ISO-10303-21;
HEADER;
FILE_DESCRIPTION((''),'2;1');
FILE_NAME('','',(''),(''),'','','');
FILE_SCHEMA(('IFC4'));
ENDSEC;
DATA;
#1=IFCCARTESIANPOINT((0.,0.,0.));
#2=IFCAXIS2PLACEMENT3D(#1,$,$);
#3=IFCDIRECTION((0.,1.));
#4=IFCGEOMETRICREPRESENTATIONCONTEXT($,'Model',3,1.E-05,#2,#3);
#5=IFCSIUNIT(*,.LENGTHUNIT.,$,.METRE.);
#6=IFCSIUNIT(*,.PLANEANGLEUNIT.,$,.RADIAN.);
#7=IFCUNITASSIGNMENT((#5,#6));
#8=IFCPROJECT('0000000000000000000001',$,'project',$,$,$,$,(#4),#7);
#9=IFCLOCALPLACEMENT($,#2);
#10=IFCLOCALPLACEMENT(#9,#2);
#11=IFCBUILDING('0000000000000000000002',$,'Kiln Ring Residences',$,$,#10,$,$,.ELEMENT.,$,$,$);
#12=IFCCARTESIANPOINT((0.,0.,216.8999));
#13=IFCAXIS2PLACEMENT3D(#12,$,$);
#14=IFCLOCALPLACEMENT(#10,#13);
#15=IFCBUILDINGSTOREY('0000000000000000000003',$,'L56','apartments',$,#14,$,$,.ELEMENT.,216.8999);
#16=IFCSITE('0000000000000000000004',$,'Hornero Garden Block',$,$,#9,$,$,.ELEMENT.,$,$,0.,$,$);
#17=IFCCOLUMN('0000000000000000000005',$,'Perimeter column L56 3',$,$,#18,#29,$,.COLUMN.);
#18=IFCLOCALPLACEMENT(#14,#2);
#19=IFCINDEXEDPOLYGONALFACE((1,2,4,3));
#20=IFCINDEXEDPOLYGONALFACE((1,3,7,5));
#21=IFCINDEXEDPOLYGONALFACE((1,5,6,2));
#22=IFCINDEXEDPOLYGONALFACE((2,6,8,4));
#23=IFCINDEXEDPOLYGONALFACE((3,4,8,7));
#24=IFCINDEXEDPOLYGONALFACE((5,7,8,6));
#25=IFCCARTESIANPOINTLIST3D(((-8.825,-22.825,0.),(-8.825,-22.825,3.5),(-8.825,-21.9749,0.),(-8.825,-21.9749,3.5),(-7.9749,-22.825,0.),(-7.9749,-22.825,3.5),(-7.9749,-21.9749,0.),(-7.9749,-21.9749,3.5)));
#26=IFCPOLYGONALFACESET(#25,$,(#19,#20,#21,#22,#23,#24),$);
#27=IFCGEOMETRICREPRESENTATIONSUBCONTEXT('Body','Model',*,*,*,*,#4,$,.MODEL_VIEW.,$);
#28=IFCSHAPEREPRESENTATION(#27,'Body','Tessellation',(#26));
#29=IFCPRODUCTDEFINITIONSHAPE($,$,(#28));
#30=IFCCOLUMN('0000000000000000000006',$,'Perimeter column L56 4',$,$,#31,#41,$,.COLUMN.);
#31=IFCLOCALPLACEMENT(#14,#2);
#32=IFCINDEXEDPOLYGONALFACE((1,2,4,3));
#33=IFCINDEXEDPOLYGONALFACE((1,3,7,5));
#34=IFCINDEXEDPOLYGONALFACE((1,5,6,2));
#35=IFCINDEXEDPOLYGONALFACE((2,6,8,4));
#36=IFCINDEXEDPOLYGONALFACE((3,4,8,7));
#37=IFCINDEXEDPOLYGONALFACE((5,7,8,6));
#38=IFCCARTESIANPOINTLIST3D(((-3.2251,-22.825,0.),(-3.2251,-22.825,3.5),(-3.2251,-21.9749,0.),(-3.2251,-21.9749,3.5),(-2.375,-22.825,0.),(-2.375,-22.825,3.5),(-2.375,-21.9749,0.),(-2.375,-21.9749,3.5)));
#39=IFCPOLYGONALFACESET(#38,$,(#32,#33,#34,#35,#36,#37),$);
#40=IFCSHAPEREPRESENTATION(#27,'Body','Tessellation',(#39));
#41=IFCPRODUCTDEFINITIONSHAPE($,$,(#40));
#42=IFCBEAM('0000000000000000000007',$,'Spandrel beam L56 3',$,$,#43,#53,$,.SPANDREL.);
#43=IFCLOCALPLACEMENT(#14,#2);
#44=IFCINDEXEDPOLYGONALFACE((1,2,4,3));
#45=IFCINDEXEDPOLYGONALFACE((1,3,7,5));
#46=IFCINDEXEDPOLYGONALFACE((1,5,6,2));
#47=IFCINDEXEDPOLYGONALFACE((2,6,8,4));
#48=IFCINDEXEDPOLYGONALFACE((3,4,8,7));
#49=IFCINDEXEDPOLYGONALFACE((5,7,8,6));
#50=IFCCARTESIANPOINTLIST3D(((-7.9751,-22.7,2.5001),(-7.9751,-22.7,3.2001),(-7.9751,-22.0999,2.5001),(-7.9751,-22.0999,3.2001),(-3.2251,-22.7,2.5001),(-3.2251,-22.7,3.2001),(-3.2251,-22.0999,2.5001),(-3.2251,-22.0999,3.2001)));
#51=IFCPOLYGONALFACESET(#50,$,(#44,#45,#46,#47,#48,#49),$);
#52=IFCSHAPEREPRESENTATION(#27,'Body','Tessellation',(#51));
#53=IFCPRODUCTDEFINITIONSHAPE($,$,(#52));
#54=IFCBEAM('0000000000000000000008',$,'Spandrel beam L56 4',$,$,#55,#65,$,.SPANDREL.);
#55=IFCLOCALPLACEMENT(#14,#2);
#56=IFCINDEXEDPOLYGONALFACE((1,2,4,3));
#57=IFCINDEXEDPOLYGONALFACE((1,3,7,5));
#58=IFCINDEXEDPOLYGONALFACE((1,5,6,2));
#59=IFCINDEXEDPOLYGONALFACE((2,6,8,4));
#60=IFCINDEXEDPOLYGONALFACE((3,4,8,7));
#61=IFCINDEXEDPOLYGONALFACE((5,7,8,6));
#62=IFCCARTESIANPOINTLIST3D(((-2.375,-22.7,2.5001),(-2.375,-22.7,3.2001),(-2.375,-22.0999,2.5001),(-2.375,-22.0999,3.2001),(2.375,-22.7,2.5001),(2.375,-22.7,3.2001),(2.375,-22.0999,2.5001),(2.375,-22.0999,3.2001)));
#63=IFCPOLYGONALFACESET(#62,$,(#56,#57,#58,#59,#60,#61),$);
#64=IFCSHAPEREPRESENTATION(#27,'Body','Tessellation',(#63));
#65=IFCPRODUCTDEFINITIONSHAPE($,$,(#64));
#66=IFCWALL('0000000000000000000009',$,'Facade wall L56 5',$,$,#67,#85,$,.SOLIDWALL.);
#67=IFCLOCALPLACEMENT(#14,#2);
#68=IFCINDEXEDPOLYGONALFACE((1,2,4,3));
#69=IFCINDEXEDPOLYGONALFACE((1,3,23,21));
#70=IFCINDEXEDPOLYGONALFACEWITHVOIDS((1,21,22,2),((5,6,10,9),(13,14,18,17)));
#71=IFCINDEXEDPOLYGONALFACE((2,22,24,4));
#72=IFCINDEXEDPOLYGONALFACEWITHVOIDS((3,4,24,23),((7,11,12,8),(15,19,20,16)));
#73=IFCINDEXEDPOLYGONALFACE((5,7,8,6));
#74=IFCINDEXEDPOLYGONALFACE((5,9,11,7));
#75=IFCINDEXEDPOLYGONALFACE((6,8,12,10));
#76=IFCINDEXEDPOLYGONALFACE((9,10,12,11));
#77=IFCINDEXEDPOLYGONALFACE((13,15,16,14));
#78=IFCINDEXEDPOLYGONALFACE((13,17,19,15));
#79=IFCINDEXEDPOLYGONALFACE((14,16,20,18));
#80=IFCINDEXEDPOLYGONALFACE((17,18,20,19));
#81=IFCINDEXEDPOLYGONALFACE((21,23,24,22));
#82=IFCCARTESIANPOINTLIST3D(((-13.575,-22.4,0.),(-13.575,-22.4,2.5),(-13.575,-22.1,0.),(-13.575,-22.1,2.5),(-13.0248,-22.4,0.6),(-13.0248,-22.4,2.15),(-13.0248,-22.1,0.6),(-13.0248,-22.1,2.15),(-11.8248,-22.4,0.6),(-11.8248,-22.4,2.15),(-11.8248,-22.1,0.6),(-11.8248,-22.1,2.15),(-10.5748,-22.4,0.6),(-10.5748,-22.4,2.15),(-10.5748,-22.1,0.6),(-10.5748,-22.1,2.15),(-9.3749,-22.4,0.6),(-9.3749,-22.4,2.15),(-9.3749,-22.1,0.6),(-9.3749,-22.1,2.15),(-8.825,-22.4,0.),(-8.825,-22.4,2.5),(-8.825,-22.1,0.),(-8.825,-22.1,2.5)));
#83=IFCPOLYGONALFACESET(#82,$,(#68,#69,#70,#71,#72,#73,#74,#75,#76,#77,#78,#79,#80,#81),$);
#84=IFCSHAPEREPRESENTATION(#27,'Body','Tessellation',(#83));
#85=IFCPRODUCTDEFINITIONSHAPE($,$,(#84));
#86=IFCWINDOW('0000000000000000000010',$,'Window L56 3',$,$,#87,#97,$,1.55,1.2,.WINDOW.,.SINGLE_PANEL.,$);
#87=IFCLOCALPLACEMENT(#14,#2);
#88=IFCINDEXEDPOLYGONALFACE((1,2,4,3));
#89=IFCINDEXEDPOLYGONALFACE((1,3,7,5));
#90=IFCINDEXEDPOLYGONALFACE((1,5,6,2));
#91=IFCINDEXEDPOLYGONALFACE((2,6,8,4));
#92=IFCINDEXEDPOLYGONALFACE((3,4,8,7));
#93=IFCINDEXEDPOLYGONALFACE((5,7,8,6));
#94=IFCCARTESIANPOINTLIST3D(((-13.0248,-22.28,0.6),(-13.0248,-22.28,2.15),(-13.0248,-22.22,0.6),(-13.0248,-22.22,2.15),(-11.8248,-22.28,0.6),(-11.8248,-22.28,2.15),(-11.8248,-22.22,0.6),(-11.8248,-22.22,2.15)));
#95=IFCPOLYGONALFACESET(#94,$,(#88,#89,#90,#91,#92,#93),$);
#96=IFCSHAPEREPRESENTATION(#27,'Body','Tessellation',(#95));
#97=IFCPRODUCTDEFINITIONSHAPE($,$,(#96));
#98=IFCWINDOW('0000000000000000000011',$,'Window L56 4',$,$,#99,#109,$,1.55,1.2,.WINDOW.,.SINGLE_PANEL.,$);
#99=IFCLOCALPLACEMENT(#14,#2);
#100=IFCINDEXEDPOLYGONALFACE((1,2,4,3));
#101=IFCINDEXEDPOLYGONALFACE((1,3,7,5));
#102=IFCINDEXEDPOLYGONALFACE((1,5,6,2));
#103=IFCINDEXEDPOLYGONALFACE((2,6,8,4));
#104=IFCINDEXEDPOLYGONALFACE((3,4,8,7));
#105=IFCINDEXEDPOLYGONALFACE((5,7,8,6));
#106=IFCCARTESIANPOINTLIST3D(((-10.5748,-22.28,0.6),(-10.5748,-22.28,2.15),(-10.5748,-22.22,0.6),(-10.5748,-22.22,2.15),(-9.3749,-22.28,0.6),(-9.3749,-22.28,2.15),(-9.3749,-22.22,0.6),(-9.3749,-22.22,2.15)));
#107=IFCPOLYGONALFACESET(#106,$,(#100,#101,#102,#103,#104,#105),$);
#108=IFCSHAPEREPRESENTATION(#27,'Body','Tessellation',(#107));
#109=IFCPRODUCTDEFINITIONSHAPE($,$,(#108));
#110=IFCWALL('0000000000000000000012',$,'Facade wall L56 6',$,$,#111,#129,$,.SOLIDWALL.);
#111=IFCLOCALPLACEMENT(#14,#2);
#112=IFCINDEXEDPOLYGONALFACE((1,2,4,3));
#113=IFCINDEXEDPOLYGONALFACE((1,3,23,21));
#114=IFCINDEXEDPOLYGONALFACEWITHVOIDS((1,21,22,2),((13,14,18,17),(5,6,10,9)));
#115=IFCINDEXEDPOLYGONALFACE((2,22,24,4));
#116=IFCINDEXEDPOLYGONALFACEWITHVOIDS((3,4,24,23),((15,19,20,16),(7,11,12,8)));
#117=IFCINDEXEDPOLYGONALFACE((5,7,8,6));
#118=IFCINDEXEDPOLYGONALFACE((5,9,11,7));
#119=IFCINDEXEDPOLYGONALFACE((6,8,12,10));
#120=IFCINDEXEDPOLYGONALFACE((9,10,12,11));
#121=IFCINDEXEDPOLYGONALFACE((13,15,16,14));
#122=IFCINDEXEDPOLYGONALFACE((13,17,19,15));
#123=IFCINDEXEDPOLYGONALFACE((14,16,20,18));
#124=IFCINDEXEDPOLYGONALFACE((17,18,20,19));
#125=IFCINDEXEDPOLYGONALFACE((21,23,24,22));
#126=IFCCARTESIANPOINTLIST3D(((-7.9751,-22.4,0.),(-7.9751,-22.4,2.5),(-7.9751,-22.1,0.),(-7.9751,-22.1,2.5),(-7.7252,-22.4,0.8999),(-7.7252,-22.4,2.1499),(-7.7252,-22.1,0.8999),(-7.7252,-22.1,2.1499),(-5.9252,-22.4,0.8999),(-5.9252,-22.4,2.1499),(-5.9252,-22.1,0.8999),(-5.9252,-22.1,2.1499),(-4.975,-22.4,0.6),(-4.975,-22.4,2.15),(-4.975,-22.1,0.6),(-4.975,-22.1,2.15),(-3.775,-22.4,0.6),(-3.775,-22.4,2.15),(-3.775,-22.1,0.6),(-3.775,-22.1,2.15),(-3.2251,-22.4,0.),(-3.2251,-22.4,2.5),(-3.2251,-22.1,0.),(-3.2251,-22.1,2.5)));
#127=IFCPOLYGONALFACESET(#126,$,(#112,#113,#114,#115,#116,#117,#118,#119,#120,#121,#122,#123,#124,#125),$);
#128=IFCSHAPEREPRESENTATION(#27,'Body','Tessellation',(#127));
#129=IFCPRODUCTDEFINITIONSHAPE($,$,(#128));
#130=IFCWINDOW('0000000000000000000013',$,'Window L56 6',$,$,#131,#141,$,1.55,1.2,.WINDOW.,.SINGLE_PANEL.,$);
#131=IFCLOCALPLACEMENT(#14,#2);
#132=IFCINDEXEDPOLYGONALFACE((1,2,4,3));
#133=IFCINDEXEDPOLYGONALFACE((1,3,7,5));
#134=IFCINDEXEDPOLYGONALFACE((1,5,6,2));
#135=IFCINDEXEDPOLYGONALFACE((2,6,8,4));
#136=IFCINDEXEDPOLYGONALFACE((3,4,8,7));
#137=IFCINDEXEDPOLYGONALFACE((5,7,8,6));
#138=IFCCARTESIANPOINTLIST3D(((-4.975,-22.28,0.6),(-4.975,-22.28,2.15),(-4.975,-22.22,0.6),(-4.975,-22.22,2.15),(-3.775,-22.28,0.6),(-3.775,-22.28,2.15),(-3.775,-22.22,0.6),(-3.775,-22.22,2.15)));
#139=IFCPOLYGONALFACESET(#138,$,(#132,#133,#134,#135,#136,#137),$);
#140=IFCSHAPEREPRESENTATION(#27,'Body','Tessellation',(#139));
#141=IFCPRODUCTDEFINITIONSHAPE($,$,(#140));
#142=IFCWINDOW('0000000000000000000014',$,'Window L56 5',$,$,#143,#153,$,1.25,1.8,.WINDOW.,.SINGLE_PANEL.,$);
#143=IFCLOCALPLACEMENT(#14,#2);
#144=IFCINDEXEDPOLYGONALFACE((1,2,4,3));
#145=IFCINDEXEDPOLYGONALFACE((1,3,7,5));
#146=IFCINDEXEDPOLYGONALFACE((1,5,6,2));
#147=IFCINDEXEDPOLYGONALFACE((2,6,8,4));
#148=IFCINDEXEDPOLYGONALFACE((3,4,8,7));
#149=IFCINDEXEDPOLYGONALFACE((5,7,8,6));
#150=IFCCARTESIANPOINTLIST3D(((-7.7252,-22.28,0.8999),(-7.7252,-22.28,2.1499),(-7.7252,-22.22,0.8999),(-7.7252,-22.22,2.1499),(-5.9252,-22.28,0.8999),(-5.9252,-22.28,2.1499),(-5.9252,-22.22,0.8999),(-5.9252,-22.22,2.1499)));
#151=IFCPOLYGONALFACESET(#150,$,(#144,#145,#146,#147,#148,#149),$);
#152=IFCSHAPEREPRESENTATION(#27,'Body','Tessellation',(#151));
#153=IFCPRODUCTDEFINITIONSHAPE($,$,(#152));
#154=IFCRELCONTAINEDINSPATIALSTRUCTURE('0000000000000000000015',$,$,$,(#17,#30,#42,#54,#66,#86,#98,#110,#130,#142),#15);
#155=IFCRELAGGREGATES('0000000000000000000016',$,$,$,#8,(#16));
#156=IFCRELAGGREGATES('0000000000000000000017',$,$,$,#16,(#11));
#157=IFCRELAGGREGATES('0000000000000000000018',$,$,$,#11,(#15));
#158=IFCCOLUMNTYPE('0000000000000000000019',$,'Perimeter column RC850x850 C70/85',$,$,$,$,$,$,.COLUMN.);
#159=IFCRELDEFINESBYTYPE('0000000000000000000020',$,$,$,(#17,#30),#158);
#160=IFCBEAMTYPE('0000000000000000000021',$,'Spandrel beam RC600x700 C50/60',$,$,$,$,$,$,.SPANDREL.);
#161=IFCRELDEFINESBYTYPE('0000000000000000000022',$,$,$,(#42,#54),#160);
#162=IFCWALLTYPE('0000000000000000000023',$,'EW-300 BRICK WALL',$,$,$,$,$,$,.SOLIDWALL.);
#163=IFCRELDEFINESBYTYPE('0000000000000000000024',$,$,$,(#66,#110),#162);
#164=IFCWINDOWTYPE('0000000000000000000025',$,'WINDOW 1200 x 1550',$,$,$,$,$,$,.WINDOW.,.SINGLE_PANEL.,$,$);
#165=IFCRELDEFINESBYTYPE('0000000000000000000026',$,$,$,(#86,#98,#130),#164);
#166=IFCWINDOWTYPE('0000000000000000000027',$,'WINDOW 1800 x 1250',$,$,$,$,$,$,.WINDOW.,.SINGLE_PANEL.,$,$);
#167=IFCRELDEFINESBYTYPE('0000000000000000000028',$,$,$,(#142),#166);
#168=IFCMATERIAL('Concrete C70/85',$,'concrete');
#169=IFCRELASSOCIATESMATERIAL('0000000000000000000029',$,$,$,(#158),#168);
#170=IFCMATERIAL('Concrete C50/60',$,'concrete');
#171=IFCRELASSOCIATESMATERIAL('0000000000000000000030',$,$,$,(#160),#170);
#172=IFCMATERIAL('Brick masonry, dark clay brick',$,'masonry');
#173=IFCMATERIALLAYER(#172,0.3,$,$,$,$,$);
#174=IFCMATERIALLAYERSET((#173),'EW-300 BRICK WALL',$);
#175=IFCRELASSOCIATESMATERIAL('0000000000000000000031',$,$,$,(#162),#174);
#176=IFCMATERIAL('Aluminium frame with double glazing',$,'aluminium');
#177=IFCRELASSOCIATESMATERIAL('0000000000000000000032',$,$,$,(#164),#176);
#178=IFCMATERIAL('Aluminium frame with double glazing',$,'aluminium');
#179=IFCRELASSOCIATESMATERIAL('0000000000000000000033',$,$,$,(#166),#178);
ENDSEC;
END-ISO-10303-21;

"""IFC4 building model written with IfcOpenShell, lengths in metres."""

from ifc_helpers import new_model, si_unit, direction, frame, frame_2d, origin, origin_2d, place, context, subcontext, project, spatial, rectangle, extrude, material, layer, layer_set, material_profile, profile_set, type_object, element, fill, save


model = new_model("IFC4")

# Units and contexts
model_context = context("Model", 3, precision=1e-05, world=origin(), true_north=direction((0.0, 1.0)))
body_context = subcontext(model_context, "Body", "Model", "MODEL_VIEW")
ifc_project = project(units=[si_unit("LENGTHUNIT", "METRE"), si_unit("PLANEANGLEUNIT", "RADIAN")], contexts=[model_context])

# Site, building, storey
site_placement = place(None, origin())
site = spatial("IfcSite", under=ifc_project, at=site_placement, Name="Hornero Garden Block", CompositionType="ELEMENT", RefElevation=0.0)
building_placement = place(site_placement, origin())
building = spatial("IfcBuilding", under=site, at=building_placement, Name="Kiln Ring Residences", CompositionType="ELEMENT")
storey_placement = place(building_placement, frame((0.0, 0.0, 216.8999)))
storey = spatial("IfcBuildingStorey", under=building, at=storey_placement, Name="L56", Description="apartments", CompositionType="ELEMENT", Elevation=216.8999)

# Columns
ifc_material_1 = material(Name="Concrete C70/85", Category="concrete")
ifc_material_profile_1 = material_profile(ifc_material_1, rectangle(XDim=0.8501, YDim=0.8501, at=origin_2d()), Name="RC850x850")
ifc_profile_set_1 = profile_set([ifc_material_profile_1], Name="Concrete C70/85")
column_type = type_object("IfcColumnType", Name="Perimeter column RC850x850 C70/85", PredefinedType="COLUMN", material=ifc_profile_set_1)
for number, where, z_axis, x_axis, name in (
    (1, (-8.3999, -22.3999, 0.0), (0.0, 0.0, 1.0), (1.0, 0.0, 0.0), "Perimeter column L56 3"),
    (2, (-2.8, -22.3999, 0.0), (0.0, 0.0, 1.0), (1.0, 0.0, 0.0), "Perimeter column L56 4"),
):
    element("IfcColumn", number, at=place(storey_placement, frame(where, z_axis=z_axis, x_axis=x_axis)), inside=storey, type_object=column_type, Name=name, PredefinedType="COLUMN", context=body_context, shape_type="SweptSolid", body=[
        extrude(rectangle(XDim=0.8501, YDim=0.8501, at=origin_2d()), origin(), (0.0, 0.0, 1.0), 3.5),
    ])

# Beams
ifc_material_2 = material(Name="Concrete C50/60", Category="concrete")
ifc_material_profile_2 = material_profile(ifc_material_2, rectangle(XDim=0.6001, YDim=0.7, at=origin_2d()), Name="RC600x700")
ifc_profile_set_2 = profile_set([ifc_material_profile_2], Name="Concrete C50/60")
beam_type = type_object("IfcBeamType", Name="Spandrel beam RC600x700 C50/60", PredefinedType="SPANDREL", material=ifc_profile_set_2)
for number, where, z_axis, x_axis, name in (
    (3, (-7.9751, -22.3999, 2.8501), (1.0, 0.0, 0.0), (0.0, 1.0, 0.0), "Spandrel beam L56 3"),
    (4, (-2.375, -22.3999, 2.8501), (1.0, 0.0, 0.0), (0.0, 1.0, 0.0), "Spandrel beam L56 4"),
):
    element("IfcBeam", number, at=place(storey_placement, frame(where, z_axis=z_axis, x_axis=x_axis)), inside=storey, type_object=beam_type, Name=name, PredefinedType="SPANDREL", context=body_context, shape_type="SweptSolid", body=[
        extrude(rectangle(XDim=0.6001, YDim=0.7, at=origin_2d()), origin(), (0.0, 0.0, 1.0), 4.75),
    ])

# Walls, openings, windows
ifc_material_3 = material(Name="Brick masonry, dark clay brick", Category="masonry")
ifc_layer_1 = layer(ifc_material_3, 0.3)
ifc_layer_set_1 = layer_set([ifc_layer_1], Name="EW-300 BRICK WALL")
wall_type_1 = type_object("IfcWallType", Name="EW-300 BRICK WALL", PredefinedType="SOLIDWALL", material=ifc_layer_set_1)
wall_1_placement = place(storey_placement, frame((-13.575, -22.25, 0.0), z_axis=(0.0, 0.0, 1.0), x_axis=(1.0, 0.0, 0.0)))
wall_1 = element("IfcWall", 5, at=wall_1_placement, inside=storey, type_object=wall_type_1, Name="Facade wall L56 5", PredefinedType="SOLIDWALL", context=body_context, shape_type="SweptSolid", body=[
    extrude(rectangle(XDim=4.75, YDim=0.3, at=frame_2d((2.375, 0.0))), origin(), (0.0, 0.0, 1.0), 2.5),
])
opening_1_placement = place(wall_1_placement, frame((0.55, 0.0, 0.6001)))
opening_1 = element("IfcOpeningElement", 6, at=opening_1_placement, cuts=wall_1, PredefinedType="OPENING", context=body_context, shape_type="SweptSolid", body=[
    extrude(rectangle(XDim=1.2, YDim=1.55, at=frame_2d((0.6001, 0.7749))), frame((0.0, 0.1599, 0.0), z_axis=(0.0, -1.0, 0.0), x_axis=(1.0, 0.0, 0.0)), (0.0, 0.0, 1.0), 0.3201),
])
opening_2_placement = place(wall_1_placement, frame((3.0, 0.0, 0.6001)))
opening_2 = element("IfcOpeningElement", 7, at=opening_2_placement, cuts=wall_1, PredefinedType="OPENING", context=body_context, shape_type="SweptSolid", body=[
    extrude(rectangle(XDim=1.2, YDim=1.55, at=frame_2d((0.6001, 0.7749))), frame((0.0, 0.1599, 0.0), z_axis=(0.0, -1.0, 0.0), x_axis=(1.0, 0.0, 0.0)), (0.0, 0.0, 1.0), 0.3201),
])
ifc_material_4 = material(Name="Aluminium frame with double glazing", Category="aluminium")
window_type_1 = type_object("IfcWindowType", Name="WINDOW 1200 x 1550", PartitioningType="SINGLE_PANEL", PredefinedType="WINDOW", material=ifc_material_4)
window_1_placement = place(opening_1_placement, origin())
window_1 = element("IfcWindow", 8, at=window_1_placement, inside=storey, type_object=window_type_1, Name="Window L56 3", OverallHeight=1.55, OverallWidth=1.2, PartitioningType="SINGLE_PANEL", PredefinedType="WINDOW", context=body_context, shape_type="SweptSolid", body=[
    extrude(rectangle(XDim=1.2, YDim=1.55, at=frame_2d((0.6001, 0.7749))), frame((0.0, 0.03, 0.0), z_axis=(0.0, -1.0, 0.0), x_axis=(1.0, 0.0, 0.0)), (0.0, 0.0, 1.0), 0.0601),
])
fill(opening_1, window_1)
window_2_placement = place(opening_2_placement, origin())
window_2 = element("IfcWindow", 9, at=window_2_placement, inside=storey, type_object=window_type_1, Name="Window L56 4", OverallHeight=1.55, OverallWidth=1.2, PartitioningType="SINGLE_PANEL", PredefinedType="WINDOW", context=body_context, shape_type="SweptSolid", body=[
    extrude(rectangle(XDim=1.2, YDim=1.55, at=frame_2d((0.6001, 0.7749))), frame((0.0, 0.03, 0.0), z_axis=(0.0, -1.0, 0.0), x_axis=(1.0, 0.0, 0.0)), (0.0, 0.0, 1.0), 0.0601),
])
fill(opening_2, window_2)
wall_2_placement = place(storey_placement, frame((-7.9751, -22.25, 0.0), z_axis=(0.0, 0.0, 1.0), x_axis=(1.0, 0.0, 0.0)))
wall_2 = element("IfcWall", 10, at=wall_2_placement, inside=storey, type_object=wall_type_1, Name="Facade wall L56 6", PredefinedType="SOLIDWALL", context=body_context, shape_type="SweptSolid", body=[
    extrude(rectangle(XDim=4.75, YDim=0.3, at=frame_2d((2.375, 0.0))), origin(), (0.0, 0.0, 1.0), 2.5),
])
opening_3_placement = place(wall_2_placement, frame((0.25, 0.0, 0.8999)))
opening_3 = element("IfcOpeningElement", 11, at=opening_3_placement, cuts=wall_2, PredefinedType="OPENING", context=body_context, shape_type="SweptSolid", body=[
    extrude(rectangle(XDim=1.8, YDim=1.25, at=frame_2d((0.8999, 0.625))), frame((0.0, 0.1599, 0.0), z_axis=(0.0, -1.0, 0.0), x_axis=(1.0, 0.0, 0.0)), (0.0, 0.0, 1.0), 0.3201),
])
opening_4_placement = place(wall_2_placement, frame((3.0, 0.0, 0.6001)))
opening_4 = element("IfcOpeningElement", 12, at=opening_4_placement, cuts=wall_2, PredefinedType="OPENING", context=body_context, shape_type="SweptSolid", body=[
    extrude(rectangle(XDim=1.2, YDim=1.55, at=frame_2d((0.6001, 0.7749))), frame((0.0, 0.1599, 0.0), z_axis=(0.0, -1.0, 0.0), x_axis=(1.0, 0.0, 0.0)), (0.0, 0.0, 1.0), 0.3201),
])
window_3_placement = place(opening_4_placement, origin())
window_3 = element("IfcWindow", 13, at=window_3_placement, inside=storey, type_object=window_type_1, Name="Window L56 6", OverallHeight=1.55, OverallWidth=1.2, PartitioningType="SINGLE_PANEL", PredefinedType="WINDOW", context=body_context, shape_type="SweptSolid", body=[
    extrude(rectangle(XDim=1.2, YDim=1.55, at=frame_2d((0.6001, 0.7749))), frame((0.0, 0.03, 0.0), z_axis=(0.0, -1.0, 0.0), x_axis=(1.0, 0.0, 0.0)), (0.0, 0.0, 1.0), 0.0601),
])
fill(opening_4, window_3)
ifc_material_5 = material(Name="Aluminium frame with double glazing", Category="aluminium")
window_type_2 = type_object("IfcWindowType", Name="WINDOW 1800 x 1250", PartitioningType="SINGLE_PANEL", PredefinedType="WINDOW", material=ifc_material_5)
window_4_placement = place(opening_3_placement, origin())
window_4 = element("IfcWindow", 14, at=window_4_placement, inside=storey, type_object=window_type_2, Name="Window L56 5", OverallHeight=1.25, OverallWidth=1.8, PartitioningType="SINGLE_PANEL", PredefinedType="WINDOW", context=body_context, shape_type="SweptSolid", body=[
    extrude(rectangle(XDim=1.8, YDim=1.25, at=frame_2d((0.8999, 0.625))), frame((0.0, 0.03, 0.0), z_axis=(0.0, -1.0, 0.0), x_axis=(1.0, 0.0, 0.0)), (0.0, 0.0, 1.0), 0.0601),
])
fill(opening_3, window_4)

save(model, "model.ifc")
